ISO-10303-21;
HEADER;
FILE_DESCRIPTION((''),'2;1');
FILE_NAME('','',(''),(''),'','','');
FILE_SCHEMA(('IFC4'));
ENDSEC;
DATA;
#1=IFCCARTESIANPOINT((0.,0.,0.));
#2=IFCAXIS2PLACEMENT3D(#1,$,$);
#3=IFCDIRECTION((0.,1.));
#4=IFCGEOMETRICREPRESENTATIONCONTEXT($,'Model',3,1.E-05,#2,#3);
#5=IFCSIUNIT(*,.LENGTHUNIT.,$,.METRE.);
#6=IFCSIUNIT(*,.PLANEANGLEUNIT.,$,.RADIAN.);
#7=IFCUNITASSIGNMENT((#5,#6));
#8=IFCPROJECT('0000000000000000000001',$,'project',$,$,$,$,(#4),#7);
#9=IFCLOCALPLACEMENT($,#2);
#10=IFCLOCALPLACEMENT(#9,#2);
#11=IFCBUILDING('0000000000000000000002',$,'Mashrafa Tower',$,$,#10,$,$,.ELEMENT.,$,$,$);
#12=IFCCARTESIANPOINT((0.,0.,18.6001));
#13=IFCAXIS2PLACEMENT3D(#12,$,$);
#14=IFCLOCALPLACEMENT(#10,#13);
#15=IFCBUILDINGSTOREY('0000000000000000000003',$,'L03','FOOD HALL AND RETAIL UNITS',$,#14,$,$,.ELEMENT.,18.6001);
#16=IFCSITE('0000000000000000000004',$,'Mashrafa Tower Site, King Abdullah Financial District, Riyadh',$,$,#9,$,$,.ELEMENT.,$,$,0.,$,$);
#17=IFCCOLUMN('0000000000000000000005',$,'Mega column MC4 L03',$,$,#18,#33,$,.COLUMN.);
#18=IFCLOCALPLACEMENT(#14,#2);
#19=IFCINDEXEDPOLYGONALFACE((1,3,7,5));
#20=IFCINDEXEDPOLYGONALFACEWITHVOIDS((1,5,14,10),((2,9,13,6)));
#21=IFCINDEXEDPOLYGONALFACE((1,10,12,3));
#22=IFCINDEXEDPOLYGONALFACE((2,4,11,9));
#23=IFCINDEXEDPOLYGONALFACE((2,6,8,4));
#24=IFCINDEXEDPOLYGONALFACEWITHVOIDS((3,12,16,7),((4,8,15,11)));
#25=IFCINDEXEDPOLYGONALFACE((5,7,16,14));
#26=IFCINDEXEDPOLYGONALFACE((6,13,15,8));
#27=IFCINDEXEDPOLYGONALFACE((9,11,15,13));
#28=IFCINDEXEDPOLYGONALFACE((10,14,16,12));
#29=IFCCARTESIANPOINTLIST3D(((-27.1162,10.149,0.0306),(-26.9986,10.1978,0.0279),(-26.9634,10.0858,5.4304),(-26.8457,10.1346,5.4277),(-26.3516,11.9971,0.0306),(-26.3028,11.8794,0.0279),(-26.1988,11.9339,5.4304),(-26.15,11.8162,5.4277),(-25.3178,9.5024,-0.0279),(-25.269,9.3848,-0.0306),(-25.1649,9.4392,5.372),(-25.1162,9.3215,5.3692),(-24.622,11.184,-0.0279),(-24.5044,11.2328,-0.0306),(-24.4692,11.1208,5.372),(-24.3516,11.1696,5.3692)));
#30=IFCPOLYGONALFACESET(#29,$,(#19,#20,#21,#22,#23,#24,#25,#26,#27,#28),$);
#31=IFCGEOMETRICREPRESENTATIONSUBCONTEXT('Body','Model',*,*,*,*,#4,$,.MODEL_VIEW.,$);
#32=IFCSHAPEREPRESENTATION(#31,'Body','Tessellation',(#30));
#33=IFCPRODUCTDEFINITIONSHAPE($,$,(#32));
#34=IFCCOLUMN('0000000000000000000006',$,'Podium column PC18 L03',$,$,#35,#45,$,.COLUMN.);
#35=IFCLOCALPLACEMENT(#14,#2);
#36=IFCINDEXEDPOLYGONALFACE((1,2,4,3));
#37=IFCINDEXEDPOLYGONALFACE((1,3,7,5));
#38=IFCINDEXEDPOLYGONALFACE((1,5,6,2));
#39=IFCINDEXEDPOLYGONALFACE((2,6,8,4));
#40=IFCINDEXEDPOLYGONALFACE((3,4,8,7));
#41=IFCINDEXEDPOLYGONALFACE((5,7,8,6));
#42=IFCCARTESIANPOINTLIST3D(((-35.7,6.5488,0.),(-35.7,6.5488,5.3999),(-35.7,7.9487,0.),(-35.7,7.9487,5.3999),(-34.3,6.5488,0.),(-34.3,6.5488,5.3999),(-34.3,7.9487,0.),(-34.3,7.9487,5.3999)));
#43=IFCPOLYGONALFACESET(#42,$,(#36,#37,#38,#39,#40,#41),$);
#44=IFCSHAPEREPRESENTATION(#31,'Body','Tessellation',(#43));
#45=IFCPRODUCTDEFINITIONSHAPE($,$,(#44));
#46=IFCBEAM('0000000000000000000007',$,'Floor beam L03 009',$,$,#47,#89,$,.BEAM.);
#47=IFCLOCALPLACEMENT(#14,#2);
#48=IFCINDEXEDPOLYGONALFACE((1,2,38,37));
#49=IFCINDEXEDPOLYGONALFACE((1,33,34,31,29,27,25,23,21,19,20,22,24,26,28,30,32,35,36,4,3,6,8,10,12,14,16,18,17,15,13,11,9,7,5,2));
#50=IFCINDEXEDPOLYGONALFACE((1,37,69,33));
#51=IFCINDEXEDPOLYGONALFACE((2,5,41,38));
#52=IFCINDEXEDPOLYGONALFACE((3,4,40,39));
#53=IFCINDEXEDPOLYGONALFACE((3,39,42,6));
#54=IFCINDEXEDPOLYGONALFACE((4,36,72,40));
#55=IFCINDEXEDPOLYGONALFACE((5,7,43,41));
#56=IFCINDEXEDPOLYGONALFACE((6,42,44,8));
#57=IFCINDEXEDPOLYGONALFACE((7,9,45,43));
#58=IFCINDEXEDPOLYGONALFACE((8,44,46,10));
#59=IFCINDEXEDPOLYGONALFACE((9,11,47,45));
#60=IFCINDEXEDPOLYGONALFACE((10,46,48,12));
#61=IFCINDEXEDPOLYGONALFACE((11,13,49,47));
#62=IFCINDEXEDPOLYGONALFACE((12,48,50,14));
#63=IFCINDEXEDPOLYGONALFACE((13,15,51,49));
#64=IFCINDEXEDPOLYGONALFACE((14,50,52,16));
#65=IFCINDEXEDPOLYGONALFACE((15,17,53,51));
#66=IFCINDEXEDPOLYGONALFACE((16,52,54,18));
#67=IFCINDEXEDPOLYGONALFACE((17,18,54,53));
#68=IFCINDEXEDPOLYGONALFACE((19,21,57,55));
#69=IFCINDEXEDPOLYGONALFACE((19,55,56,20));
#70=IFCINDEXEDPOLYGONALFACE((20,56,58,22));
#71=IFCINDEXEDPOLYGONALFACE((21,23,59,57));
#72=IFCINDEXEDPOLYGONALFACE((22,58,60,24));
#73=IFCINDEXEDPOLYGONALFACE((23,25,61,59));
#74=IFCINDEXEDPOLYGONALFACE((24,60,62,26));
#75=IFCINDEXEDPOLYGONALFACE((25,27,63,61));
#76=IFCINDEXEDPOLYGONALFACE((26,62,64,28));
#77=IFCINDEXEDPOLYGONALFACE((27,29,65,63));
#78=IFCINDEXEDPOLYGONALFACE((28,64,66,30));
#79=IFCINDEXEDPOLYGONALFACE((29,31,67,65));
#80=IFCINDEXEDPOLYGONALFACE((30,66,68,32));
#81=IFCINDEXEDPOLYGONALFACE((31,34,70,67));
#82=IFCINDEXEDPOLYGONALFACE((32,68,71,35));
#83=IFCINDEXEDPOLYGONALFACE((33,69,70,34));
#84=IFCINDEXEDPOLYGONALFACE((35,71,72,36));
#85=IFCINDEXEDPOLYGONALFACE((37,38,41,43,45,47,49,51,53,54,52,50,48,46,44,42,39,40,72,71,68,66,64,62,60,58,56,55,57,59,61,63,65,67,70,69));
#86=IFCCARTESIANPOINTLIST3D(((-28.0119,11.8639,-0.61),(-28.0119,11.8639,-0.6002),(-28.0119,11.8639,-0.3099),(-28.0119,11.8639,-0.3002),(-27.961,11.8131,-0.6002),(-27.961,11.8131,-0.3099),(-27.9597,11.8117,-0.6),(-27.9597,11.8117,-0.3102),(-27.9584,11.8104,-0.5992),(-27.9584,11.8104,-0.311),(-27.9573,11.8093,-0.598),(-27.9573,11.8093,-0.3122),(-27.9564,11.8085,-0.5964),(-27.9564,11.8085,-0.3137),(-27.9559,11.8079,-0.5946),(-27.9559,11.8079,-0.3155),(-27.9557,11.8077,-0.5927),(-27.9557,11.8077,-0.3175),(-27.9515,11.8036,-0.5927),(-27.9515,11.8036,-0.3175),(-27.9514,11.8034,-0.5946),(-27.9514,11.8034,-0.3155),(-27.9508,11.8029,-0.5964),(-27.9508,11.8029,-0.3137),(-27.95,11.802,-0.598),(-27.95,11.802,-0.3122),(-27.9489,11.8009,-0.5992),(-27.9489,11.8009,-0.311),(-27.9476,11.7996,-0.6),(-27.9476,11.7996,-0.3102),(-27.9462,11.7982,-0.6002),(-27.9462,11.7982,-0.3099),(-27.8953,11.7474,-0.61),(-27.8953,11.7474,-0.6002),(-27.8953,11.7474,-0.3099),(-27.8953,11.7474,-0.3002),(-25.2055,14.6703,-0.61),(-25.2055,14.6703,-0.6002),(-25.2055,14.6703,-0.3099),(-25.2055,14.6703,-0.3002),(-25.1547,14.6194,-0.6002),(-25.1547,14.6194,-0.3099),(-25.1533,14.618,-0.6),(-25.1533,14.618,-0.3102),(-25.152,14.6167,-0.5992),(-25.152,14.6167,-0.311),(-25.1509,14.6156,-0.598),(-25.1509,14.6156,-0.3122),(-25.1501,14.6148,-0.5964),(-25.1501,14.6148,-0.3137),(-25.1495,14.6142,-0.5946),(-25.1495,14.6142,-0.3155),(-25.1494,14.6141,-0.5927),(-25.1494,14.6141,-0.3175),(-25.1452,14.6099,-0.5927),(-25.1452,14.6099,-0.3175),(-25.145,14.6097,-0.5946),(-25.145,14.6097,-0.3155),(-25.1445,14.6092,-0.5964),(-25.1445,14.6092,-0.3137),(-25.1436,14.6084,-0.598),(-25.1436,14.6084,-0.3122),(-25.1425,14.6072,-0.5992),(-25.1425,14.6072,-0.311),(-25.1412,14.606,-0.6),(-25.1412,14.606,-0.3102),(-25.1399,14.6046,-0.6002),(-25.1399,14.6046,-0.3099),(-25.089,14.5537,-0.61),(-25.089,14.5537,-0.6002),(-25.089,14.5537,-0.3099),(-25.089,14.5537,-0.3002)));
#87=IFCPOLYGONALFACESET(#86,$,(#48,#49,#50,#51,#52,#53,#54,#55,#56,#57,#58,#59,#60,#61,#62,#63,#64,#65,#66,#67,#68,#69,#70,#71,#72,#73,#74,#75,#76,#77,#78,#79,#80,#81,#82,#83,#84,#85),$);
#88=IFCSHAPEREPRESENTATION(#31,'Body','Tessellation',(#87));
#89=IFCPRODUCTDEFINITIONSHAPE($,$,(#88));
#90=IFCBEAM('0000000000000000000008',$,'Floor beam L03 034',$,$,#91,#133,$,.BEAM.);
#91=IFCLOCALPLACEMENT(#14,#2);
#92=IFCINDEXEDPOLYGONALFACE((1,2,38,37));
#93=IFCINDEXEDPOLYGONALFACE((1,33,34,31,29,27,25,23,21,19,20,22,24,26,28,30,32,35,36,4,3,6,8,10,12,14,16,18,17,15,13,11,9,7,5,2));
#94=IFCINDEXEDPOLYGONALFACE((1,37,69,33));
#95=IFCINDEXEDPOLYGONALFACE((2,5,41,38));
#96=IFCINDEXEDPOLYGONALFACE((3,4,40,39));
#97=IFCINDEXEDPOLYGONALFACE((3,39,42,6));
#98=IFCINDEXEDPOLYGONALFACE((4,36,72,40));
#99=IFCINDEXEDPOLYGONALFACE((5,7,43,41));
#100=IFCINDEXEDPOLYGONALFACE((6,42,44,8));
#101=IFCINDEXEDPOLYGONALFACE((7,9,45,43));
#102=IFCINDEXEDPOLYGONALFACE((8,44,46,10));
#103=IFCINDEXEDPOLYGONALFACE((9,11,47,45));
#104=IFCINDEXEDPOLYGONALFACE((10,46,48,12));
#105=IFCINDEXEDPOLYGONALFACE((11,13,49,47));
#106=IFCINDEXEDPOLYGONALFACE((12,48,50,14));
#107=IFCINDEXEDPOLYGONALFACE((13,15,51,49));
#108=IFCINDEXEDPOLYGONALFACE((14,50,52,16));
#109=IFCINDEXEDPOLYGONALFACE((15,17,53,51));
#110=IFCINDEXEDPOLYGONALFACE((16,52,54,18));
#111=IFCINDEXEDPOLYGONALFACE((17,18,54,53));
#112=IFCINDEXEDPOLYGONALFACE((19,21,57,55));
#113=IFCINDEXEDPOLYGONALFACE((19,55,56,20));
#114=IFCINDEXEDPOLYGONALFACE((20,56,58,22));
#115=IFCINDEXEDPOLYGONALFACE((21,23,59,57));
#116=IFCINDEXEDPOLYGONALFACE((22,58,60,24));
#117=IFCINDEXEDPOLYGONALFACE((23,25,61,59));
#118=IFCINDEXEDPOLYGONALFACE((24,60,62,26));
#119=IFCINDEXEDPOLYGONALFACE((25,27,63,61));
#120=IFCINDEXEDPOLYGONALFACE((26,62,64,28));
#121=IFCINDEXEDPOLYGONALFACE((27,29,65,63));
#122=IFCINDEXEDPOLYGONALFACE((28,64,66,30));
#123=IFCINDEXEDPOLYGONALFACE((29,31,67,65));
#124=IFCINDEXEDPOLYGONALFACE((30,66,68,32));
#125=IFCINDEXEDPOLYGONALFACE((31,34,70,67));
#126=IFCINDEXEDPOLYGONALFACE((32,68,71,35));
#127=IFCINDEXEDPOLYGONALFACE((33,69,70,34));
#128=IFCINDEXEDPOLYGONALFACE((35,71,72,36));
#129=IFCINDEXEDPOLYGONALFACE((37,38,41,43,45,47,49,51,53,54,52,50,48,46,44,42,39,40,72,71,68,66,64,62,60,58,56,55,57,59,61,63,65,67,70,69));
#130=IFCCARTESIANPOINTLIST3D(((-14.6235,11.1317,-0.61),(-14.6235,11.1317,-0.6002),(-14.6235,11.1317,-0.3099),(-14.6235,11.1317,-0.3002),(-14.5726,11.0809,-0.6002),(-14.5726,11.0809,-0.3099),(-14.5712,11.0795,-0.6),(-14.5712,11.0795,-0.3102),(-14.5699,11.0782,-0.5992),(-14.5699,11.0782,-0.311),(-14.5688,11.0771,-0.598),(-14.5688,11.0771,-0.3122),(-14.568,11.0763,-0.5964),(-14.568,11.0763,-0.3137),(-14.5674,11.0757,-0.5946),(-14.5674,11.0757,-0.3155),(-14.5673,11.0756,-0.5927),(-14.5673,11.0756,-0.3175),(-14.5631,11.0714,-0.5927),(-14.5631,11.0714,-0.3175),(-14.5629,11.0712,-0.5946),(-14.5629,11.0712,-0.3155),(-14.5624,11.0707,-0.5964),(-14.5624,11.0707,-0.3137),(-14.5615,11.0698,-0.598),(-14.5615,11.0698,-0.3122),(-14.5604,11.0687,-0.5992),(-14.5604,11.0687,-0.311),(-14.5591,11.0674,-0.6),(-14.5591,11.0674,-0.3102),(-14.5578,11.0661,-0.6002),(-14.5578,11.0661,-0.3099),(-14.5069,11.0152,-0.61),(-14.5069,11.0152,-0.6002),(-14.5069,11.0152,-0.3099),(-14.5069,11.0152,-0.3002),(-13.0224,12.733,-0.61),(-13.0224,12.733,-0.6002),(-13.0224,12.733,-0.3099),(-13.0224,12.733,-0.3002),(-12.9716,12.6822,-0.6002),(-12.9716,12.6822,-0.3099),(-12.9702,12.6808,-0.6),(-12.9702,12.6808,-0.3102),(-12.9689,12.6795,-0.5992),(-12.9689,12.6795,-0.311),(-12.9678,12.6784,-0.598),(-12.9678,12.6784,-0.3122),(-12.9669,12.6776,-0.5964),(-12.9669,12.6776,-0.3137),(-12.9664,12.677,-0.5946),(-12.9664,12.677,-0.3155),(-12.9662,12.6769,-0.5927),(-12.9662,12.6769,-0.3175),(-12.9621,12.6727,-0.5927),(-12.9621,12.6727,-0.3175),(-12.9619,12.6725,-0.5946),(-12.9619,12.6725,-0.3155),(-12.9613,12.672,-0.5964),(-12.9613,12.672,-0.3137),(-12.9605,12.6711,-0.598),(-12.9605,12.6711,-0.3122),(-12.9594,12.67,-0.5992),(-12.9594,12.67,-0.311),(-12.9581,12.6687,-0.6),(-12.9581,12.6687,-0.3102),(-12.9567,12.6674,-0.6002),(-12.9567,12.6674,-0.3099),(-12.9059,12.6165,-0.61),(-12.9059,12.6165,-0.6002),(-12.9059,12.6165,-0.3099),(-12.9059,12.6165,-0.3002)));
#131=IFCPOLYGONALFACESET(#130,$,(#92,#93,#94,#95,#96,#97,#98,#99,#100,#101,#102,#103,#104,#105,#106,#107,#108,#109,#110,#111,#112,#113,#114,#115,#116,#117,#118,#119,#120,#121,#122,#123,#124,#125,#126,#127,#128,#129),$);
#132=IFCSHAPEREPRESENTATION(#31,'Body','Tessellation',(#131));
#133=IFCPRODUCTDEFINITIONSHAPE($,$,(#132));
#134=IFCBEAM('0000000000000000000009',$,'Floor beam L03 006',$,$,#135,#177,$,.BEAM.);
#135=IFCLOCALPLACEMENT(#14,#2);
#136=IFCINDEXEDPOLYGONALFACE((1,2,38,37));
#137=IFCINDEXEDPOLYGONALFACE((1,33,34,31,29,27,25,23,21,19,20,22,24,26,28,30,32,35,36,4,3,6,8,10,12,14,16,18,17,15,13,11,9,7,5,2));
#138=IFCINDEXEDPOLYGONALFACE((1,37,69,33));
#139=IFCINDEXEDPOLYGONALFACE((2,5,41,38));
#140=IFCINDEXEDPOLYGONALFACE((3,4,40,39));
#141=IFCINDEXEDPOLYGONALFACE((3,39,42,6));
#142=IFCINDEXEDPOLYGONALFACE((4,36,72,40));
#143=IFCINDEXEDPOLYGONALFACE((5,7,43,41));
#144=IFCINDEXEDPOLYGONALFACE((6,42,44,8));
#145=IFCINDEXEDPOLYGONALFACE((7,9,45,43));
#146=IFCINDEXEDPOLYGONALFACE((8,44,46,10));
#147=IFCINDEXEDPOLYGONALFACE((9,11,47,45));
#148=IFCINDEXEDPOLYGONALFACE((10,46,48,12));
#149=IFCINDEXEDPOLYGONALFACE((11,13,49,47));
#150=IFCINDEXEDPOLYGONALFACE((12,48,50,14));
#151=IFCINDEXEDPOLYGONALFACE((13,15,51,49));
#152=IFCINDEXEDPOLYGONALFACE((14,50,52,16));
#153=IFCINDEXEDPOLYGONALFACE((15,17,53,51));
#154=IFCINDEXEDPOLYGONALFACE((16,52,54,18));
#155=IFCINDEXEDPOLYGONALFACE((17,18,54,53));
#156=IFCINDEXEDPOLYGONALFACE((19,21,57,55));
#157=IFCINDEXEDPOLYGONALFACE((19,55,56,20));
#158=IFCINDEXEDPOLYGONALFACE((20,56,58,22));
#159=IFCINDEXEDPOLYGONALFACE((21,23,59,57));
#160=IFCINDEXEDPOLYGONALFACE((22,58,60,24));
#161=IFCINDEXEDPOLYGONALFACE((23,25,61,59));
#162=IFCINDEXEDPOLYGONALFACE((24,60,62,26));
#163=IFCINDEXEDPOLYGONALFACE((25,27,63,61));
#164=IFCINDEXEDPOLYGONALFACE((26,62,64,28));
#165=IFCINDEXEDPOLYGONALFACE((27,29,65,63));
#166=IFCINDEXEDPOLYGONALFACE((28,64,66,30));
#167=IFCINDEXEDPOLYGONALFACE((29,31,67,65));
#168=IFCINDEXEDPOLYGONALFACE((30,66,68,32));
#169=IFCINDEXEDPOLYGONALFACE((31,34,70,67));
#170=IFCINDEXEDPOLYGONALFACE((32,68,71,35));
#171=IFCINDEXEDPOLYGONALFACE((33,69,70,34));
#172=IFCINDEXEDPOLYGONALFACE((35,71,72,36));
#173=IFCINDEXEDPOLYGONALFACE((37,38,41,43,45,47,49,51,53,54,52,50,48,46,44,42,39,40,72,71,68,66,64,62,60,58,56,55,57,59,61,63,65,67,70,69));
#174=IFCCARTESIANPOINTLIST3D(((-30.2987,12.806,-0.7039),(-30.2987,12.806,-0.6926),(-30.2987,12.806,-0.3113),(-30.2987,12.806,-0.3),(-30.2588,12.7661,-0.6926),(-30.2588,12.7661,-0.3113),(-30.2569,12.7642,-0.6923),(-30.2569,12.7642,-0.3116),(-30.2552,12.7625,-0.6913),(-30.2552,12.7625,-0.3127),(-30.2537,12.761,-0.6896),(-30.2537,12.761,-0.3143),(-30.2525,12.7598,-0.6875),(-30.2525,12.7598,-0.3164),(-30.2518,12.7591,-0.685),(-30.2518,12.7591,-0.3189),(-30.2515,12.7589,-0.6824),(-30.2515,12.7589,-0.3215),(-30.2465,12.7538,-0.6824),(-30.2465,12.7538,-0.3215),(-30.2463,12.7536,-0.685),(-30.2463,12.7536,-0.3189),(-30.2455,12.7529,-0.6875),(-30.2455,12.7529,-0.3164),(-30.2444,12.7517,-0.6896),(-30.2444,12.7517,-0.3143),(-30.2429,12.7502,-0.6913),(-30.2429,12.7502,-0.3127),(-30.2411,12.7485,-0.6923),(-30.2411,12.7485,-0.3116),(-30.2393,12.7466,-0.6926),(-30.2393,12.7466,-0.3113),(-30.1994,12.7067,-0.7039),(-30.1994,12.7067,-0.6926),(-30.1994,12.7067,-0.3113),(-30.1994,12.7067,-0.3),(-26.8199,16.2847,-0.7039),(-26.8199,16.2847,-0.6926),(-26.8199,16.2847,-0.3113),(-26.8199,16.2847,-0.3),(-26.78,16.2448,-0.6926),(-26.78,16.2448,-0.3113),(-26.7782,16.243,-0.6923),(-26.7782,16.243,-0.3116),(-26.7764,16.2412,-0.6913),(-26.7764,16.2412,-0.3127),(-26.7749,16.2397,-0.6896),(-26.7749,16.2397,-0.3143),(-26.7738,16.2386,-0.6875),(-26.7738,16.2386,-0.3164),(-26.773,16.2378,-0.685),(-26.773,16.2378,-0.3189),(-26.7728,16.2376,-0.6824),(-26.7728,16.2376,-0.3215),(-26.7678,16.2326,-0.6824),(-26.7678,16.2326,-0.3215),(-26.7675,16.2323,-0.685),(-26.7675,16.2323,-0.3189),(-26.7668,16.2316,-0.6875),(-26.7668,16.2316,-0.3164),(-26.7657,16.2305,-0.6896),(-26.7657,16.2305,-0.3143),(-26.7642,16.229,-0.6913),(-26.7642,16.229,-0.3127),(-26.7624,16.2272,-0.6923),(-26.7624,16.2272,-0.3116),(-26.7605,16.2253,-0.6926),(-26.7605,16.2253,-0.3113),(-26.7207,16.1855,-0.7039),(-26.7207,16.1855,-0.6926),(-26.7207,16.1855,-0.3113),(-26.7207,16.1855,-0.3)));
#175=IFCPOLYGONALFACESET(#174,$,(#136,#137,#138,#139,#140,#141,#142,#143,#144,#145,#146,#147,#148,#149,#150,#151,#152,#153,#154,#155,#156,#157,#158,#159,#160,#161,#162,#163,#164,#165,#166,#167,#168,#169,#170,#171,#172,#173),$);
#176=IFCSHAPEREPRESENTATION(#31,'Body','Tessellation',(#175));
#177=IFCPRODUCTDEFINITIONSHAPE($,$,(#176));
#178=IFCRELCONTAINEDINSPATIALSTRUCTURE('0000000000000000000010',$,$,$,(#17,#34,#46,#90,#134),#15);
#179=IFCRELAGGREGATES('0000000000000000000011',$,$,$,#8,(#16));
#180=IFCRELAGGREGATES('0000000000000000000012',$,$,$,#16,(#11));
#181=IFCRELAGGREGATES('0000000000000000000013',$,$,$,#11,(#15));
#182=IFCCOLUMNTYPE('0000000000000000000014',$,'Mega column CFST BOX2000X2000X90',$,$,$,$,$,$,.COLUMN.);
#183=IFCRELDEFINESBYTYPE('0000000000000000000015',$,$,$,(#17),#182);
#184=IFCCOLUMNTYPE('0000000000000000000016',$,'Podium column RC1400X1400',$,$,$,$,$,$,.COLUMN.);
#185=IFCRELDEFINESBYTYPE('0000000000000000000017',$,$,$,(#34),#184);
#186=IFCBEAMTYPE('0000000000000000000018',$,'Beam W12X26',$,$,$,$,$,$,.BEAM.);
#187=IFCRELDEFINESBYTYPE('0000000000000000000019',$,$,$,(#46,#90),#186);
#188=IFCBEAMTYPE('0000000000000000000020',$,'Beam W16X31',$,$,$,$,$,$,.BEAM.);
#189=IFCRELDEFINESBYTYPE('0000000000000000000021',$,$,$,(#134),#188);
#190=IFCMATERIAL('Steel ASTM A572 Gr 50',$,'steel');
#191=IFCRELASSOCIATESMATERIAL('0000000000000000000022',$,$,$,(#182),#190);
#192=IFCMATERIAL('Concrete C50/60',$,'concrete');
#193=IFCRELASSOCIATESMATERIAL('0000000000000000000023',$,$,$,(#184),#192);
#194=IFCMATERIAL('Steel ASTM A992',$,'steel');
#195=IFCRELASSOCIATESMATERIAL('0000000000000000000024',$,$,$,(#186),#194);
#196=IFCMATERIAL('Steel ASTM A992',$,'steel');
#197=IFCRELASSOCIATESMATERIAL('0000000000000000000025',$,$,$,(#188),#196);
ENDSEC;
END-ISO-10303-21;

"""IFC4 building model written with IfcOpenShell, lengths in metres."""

from ifc_helpers import new_model, si_unit, direction, frame, origin, origin_2d, place, context, subcontext, project, spatial, rectangle, hollow_rectangle, i_section, extrude, material, material_profile, profile_set, type_object, element, save


model = new_model("IFC4")

# Units and contexts
model_context = context("Model", 3, precision=1e-05, world=origin(), true_north=direction((0.0, 1.0)))
body_context = subcontext(model_context, "Body", "Model", "MODEL_VIEW")
ifc_project = project(units=[si_unit("LENGTHUNIT", "METRE"), si_unit("PLANEANGLEUNIT", "RADIAN")], contexts=[model_context])

# Site, building, storey
site_placement = place(None, origin())
site = spatial("IfcSite", under=ifc_project, at=site_placement, Name="Mashrafa Tower Site, King Abdullah Financial District, Riyadh", CompositionType="ELEMENT", RefElevation=0.0)
building_placement = place(site_placement, origin())
building = spatial("IfcBuilding", under=site, at=building_placement, Name="Mashrafa Tower", CompositionType="ELEMENT")
storey_placement = place(building_placement, frame((0.0, 0.0, 18.6001)))
storey = spatial("IfcBuildingStorey", under=building, at=storey_placement, Name="L03", Description="FOOD HALL AND RETAIL UNITS", CompositionType="ELEMENT", Elevation=18.6001)

# Columns
ifc_material_1 = material(Name="Steel ASTM A572 Gr 50", Category="steel")
ifc_material_profile_1 = material_profile(ifc_material_1, hollow_rectangle(XDim=2.0, YDim=2.0, WallThickness=0.0901, at=origin_2d()), Name="BOX2000X2000X90")
ifc_profile_set_1 = profile_set([ifc_material_profile_1], Name="Steel ASTM A572 Gr 50")
column_type_1 = type_object("IfcColumnType", Name="Mega column CFST BOX2000X2000X90", PredefinedType="COLUMN", material=ifc_profile_set_1)
column_1_placement = place(storey_placement, frame((-25.8103, 10.6909, 0.0), z_axis=(0.028289, -0.011704, 0.999531), x_axis=(0.382308, 0.924035, 0.0)))
element("IfcColumn", 1, at=column_1_placement, inside=storey, type_object=column_type_1, Name="Mega column MC4 L03", PredefinedType="COLUMN", context=body_context, shape_type="SweptSolid", body=[
    extrude(hollow_rectangle(XDim=2.0, YDim=2.0, WallThickness=0.0901, at=origin_2d()), origin(), (0.0, 0.0, 1.0), 5.4023),
])
ifc_material_2 = material(Name="Concrete C50/60", Category="concrete")
ifc_material_profile_2 = material_profile(ifc_material_2, rectangle(XDim=1.3999, YDim=1.3999, at=origin_2d()), Name="RC1400X1400")
ifc_profile_set_2 = profile_set([ifc_material_profile_2], Name="Concrete C50/60")
column_type_2 = type_object("IfcColumnType", Name="Podium column RC1400X1400", PredefinedType="COLUMN", material=ifc_profile_set_2)
column_2_placement = place(storey_placement, frame((-35.0, 7.2488, 0.0), z_axis=(0.0, 0.0, 1.0), x_axis=(1.0, 0.0, 0.0)))
element("IfcColumn", 2, at=column_2_placement, inside=storey, type_object=column_type_2, Name="Podium column PC18 L03", PredefinedType="COLUMN", context=body_context, shape_type="SweptSolid", body=[
    extrude(rectangle(XDim=1.3999, YDim=1.3999, at=origin_2d()), origin(), (0.0, 0.0, 1.0), 5.3999),
])

# Beams
ifc_material_3 = material(Name="Steel ASTM A992", Category="steel")
ifc_material_profile_3 = material_profile(ifc_material_3, i_section(OverallWidth=0.1648, OverallDepth=0.3098, WebThickness=0.0059, FlangeThickness=0.0098, FilletRadius=0.0076, at=origin_2d()), Name="W12X26")
ifc_profile_set_3 = profile_set([ifc_material_profile_3], Name="Steel ASTM A992")
beam_type_1 = type_object("IfcBeamType", Name="Beam W12X26", PredefinedType="BEAM", material=ifc_profile_set_3)
beam_1_placement = place(storey_placement, frame((-27.9536, 11.8057, -0.4551), z_axis=(0.707107, 0.707107, 0.0), x_axis=(-0.707107, 0.707107, 0.0)))
element("IfcBeam", 3, at=beam_1_placement, inside=storey, type_object=beam_type_1, Name="Floor beam L03 009", PredefinedType="BEAM", context=body_context, shape_type="SweptSolid", body=[
    extrude(i_section(OverallWidth=0.1648, OverallDepth=0.3098, WebThickness=0.0059, FlangeThickness=0.0098, FilletRadius=0.0076, at=origin_2d()), origin(), (0.0, 0.0, 1.0), 3.9688),
])
beam_2_placement = place(storey_placement, frame((-14.5652, 11.0735, -0.4551), z_axis=(0.707053, 0.707161, 0.0), x_axis=(-0.707161, 0.707053, 0.0)))
element("IfcBeam", 4, at=beam_2_placement, inside=storey, type_object=beam_type_1, Name="Floor beam L03 034", PredefinedType="BEAM", context=body_context, shape_type="SweptSolid", body=[
    extrude(i_section(OverallWidth=0.1648, OverallDepth=0.3098, WebThickness=0.0059, FlangeThickness=0.0098, FilletRadius=0.0076, at=origin_2d()), origin(), (0.0, 0.0, 1.0), 2.2644),
])
ifc_material_4 = material(Name="Steel ASTM A992", Category="steel")
ifc_material_profile_4 = material_profile(ifc_material_4, i_section(OverallWidth=0.1404, OverallDepth=0.4038, WebThickness=0.0071, FlangeThickness=0.0112, FilletRadius=0.0103, at=origin_2d()), Name="W16X31")
ifc_profile_set_4 = profile_set([ifc_material_profile_4], Name="Steel ASTM A992")
beam_type_2 = type_object("IfcBeamType", Name="Beam W16X31", PredefinedType="BEAM", material=ifc_profile_set_4)
beam_3_placement = place(storey_placement, frame((-30.249, 12.7563, -0.502), z_axis=(0.707107, 0.707107, 0.0), x_axis=(-0.707107, 0.707107, 0.0)))
element("IfcBeam", 5, at=beam_3_placement, inside=storey, type_object=beam_type_2, Name="Floor beam L03 006", PredefinedType="BEAM", context=body_context, shape_type="SweptSolid", body=[
    extrude(i_section(OverallWidth=0.1404, OverallDepth=0.4038, WebThickness=0.0071, FlangeThickness=0.0112, FilletRadius=0.0103, at=origin_2d()), origin(), (0.0, 0.0, 1.0), 4.9197),
])

save(model, "model.ifc")
